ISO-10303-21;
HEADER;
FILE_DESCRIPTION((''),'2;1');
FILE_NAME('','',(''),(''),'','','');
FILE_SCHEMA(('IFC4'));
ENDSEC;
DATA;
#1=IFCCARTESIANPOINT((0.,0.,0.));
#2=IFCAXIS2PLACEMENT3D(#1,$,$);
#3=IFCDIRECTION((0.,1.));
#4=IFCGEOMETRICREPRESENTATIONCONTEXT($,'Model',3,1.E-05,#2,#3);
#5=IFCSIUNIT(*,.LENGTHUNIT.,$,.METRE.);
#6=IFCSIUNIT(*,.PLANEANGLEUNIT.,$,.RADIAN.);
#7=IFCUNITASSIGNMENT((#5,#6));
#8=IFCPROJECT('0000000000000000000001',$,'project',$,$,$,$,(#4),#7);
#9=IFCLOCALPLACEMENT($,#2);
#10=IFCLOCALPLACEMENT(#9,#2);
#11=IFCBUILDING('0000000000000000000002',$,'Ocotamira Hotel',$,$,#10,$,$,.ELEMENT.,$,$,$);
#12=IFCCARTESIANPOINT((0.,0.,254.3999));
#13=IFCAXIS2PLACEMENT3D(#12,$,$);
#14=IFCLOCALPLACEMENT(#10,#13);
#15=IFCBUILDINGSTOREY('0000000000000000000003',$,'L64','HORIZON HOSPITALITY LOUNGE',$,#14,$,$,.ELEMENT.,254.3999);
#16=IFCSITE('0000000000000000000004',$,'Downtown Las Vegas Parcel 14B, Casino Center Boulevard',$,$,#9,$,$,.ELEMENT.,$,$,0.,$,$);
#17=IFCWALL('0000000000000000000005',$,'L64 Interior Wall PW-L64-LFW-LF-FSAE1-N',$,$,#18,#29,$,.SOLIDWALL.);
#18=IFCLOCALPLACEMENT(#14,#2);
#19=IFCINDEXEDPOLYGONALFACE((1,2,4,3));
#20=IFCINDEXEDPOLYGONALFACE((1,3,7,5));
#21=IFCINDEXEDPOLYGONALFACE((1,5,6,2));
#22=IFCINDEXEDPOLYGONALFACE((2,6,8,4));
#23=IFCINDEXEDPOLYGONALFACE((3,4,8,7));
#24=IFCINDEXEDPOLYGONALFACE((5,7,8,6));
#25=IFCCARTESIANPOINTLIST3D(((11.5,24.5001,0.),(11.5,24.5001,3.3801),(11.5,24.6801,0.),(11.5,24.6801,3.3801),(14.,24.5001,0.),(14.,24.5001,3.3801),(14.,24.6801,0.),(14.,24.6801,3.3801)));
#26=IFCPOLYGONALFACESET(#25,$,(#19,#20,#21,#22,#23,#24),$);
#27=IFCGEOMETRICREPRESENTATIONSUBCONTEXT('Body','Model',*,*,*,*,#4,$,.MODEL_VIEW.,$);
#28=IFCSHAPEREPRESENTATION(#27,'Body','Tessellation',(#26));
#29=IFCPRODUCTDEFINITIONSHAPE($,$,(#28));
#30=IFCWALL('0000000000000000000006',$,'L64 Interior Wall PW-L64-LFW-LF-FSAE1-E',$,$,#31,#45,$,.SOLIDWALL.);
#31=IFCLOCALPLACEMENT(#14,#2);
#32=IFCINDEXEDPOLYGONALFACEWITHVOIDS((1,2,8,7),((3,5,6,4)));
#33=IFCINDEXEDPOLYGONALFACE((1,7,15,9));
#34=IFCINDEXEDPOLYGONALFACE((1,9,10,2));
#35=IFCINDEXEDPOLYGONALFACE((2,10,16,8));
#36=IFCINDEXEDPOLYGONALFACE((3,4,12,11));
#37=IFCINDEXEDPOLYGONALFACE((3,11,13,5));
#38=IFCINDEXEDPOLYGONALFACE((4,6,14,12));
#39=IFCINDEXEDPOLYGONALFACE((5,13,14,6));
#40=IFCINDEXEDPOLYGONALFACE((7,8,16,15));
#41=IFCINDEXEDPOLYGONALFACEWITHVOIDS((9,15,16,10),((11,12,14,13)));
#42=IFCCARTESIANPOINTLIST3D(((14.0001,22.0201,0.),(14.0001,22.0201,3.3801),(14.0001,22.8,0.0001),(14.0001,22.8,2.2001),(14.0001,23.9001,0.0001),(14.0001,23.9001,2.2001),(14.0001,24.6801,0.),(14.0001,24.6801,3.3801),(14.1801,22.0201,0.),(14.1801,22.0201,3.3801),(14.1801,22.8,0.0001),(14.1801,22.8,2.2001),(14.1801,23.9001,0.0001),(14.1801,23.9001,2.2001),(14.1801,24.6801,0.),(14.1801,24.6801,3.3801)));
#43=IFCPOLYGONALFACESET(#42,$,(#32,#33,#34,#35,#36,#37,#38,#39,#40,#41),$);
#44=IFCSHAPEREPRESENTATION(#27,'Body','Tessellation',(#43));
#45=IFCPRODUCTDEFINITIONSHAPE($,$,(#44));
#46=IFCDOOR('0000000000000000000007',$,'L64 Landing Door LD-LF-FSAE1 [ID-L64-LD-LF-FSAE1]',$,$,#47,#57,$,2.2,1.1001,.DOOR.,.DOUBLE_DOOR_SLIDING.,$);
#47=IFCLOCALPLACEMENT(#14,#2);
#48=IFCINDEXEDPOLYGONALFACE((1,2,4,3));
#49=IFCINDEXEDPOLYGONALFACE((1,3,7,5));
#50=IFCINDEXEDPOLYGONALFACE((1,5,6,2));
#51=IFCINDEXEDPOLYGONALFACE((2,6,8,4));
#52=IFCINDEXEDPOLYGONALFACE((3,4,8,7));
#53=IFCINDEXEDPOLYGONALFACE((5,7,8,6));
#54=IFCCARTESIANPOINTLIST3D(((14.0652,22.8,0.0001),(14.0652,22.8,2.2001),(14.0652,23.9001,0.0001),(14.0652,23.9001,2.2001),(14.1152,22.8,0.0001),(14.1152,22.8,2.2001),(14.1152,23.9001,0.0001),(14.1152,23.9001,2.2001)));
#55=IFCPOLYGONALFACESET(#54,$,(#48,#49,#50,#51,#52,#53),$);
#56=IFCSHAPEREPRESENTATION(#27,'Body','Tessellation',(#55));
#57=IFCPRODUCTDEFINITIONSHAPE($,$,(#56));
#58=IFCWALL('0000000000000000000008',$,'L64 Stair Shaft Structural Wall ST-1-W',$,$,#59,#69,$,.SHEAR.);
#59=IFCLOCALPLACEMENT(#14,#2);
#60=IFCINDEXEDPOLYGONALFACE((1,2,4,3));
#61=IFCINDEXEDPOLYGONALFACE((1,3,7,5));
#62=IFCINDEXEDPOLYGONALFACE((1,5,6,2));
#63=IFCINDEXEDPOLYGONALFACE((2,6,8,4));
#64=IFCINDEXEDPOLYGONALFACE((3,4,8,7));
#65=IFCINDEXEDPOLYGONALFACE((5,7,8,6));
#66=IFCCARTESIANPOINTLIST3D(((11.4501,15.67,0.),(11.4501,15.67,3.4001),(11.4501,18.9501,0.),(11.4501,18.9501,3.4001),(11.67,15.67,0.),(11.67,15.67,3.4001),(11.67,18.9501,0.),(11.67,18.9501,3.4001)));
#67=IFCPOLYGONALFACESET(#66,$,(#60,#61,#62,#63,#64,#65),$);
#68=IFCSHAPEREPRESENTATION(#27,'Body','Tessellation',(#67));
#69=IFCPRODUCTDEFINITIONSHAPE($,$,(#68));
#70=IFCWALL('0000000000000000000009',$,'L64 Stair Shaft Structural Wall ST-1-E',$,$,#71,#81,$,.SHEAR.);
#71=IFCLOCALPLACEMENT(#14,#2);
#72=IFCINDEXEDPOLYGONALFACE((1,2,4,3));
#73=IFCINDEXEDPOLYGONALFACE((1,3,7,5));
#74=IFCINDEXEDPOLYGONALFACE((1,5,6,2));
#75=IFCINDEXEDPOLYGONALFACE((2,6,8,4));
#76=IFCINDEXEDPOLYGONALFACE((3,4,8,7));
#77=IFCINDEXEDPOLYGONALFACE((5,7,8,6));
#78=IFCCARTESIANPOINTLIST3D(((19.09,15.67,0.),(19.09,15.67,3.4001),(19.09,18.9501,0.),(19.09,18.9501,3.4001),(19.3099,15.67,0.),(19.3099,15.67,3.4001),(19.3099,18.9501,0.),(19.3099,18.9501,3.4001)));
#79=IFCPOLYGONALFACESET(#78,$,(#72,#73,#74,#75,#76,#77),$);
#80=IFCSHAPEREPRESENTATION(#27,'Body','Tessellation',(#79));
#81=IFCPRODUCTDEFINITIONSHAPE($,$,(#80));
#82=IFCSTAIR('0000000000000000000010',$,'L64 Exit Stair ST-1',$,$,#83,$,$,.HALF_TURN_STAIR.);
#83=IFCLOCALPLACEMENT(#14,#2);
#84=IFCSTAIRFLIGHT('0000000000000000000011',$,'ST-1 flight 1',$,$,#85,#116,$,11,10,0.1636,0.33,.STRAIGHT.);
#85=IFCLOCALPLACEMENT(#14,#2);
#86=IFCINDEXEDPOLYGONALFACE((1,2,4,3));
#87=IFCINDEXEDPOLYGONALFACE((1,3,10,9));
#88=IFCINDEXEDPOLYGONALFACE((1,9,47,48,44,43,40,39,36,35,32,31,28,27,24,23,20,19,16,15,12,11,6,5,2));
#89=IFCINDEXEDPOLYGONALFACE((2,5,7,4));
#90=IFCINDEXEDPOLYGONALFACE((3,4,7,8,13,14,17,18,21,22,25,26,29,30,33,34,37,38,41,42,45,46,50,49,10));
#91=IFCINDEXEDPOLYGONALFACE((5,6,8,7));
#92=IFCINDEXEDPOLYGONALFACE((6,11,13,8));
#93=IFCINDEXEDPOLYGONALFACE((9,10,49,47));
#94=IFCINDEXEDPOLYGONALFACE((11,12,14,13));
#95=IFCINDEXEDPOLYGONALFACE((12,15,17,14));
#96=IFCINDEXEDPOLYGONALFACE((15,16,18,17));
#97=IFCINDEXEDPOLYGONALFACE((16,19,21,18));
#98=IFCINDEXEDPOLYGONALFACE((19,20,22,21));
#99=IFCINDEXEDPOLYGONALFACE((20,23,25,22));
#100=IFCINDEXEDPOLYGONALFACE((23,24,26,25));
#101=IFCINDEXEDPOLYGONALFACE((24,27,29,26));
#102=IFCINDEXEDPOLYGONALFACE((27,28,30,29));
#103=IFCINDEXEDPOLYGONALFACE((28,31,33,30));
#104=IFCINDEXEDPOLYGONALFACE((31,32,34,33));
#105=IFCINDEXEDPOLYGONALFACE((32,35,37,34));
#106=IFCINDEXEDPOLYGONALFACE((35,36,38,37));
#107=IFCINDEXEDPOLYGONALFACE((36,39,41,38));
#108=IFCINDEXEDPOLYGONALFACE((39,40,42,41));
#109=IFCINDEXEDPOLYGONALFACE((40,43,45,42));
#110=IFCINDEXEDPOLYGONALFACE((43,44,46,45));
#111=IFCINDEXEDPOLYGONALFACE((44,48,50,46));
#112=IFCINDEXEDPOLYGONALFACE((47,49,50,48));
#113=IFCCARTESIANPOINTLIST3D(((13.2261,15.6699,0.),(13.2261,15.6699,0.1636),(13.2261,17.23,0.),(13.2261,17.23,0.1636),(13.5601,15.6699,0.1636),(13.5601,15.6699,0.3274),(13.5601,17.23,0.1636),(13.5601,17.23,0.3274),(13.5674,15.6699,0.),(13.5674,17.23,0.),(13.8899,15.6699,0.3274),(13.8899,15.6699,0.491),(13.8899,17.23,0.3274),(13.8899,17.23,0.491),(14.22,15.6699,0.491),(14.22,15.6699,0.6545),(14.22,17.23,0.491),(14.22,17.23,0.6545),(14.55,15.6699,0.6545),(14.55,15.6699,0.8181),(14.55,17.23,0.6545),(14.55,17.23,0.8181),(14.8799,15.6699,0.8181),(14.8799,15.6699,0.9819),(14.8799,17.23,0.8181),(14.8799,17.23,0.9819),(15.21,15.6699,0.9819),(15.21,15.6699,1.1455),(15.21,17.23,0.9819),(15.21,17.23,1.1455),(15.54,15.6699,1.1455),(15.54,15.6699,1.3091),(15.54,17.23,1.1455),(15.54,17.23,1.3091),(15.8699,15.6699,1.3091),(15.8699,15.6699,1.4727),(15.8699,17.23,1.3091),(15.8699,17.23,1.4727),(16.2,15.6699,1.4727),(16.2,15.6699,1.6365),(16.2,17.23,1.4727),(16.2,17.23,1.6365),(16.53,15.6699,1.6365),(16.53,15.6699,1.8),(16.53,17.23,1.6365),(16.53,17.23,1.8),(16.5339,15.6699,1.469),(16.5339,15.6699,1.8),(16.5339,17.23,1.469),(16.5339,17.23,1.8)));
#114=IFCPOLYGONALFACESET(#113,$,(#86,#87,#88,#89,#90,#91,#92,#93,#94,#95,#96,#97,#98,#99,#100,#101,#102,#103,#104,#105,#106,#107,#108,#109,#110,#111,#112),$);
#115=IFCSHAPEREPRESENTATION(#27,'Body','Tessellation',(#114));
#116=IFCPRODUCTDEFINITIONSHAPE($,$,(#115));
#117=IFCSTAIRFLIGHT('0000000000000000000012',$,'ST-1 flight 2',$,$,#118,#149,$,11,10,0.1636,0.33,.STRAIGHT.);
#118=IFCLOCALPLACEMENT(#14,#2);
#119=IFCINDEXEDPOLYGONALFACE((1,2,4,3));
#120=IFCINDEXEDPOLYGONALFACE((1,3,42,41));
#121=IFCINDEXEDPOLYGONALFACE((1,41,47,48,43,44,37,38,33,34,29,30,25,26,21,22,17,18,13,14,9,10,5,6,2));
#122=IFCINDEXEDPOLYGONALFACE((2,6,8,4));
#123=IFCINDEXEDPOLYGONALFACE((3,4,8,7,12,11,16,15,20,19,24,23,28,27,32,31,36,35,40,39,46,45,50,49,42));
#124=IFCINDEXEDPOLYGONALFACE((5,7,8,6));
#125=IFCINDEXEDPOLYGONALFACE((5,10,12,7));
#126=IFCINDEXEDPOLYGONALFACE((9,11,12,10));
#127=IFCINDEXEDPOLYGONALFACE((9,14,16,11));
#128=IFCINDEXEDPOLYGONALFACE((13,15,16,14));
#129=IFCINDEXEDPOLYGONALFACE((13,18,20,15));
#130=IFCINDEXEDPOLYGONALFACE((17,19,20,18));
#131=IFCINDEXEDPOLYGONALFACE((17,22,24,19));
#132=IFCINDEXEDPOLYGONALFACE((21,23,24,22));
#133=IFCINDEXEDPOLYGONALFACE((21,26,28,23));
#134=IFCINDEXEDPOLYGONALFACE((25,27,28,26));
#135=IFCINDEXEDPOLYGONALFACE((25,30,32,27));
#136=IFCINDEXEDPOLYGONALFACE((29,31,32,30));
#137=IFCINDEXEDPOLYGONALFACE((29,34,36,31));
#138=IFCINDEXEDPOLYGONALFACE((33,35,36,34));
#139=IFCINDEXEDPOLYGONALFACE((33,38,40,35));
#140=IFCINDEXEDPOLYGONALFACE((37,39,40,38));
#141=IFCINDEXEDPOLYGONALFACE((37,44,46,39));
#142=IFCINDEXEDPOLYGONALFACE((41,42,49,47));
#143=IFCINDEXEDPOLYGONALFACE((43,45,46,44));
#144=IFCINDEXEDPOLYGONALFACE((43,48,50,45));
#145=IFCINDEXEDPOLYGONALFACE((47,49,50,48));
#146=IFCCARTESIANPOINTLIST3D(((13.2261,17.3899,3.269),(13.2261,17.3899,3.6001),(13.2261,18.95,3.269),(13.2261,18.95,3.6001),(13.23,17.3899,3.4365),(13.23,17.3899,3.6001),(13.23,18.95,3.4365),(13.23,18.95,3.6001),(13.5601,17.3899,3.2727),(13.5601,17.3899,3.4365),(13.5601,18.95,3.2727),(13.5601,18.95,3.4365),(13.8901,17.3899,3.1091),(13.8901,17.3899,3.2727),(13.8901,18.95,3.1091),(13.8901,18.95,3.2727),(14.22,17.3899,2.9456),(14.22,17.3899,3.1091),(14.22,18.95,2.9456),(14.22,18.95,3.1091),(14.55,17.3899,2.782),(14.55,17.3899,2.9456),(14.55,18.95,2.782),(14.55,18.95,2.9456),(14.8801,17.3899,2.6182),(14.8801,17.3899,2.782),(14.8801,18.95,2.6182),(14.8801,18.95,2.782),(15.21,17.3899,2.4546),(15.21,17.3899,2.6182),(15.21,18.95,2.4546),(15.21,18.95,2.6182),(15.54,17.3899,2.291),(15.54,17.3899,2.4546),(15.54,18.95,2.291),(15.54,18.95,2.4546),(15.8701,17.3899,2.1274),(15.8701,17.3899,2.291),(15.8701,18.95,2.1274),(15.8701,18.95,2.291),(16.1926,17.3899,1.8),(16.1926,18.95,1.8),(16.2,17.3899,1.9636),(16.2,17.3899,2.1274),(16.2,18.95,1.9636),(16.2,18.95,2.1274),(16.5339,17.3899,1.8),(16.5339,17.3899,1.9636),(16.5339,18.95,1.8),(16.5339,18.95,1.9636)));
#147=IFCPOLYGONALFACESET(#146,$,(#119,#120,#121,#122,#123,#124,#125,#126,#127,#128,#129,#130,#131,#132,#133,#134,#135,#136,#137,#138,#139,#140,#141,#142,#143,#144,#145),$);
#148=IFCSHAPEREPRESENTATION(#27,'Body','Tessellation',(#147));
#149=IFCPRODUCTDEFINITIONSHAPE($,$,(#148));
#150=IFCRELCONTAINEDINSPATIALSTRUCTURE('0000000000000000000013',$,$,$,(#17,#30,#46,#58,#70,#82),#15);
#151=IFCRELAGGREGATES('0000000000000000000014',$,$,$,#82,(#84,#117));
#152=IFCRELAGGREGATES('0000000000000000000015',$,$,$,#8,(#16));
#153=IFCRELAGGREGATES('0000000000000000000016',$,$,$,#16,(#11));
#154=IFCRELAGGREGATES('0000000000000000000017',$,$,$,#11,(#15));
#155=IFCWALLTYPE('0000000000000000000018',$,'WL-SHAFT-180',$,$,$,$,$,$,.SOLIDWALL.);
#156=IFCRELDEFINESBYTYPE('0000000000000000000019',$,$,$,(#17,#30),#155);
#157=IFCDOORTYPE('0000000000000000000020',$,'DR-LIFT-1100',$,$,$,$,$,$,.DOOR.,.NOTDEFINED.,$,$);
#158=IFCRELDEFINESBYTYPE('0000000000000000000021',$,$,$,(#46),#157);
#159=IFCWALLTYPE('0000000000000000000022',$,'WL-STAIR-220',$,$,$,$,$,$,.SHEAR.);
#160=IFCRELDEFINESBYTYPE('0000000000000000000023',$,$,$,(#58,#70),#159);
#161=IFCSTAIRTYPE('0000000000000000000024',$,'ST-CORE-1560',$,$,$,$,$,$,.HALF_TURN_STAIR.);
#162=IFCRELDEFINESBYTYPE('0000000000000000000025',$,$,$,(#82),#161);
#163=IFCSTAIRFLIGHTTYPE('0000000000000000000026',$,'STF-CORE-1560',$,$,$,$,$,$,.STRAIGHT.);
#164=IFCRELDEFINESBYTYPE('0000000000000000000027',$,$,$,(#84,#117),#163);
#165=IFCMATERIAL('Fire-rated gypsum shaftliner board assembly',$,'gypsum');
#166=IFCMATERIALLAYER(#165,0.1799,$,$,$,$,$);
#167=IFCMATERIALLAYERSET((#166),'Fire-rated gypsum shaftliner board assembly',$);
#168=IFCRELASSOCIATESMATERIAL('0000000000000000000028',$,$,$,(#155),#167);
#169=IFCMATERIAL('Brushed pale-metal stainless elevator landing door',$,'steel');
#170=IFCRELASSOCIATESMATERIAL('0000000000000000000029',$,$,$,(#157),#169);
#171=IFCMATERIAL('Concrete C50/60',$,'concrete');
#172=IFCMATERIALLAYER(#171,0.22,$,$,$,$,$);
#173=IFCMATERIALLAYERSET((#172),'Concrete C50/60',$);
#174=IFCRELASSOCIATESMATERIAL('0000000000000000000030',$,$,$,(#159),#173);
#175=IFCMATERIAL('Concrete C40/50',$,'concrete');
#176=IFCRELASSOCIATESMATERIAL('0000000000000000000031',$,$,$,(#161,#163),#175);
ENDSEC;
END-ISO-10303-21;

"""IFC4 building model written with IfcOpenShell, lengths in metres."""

from ifc_helpers import new_model, si_unit, direction, frame, frame_2d, origin, place, context, subcontext, project, spatial, polyline, rectangle, outline, extrude, source, transform, mapped, material, layer, layer_set, type_object, element, fill, aggregate, save


model = new_model("IFC4")

# Units and contexts
model_context = context("Model", 3, precision=1e-05, world=origin(), true_north=direction((0.0, 1.0)))
body_context = subcontext(model_context, "Body", "Model", "MODEL_VIEW")
ifc_project = project(units=[si_unit("LENGTHUNIT", "METRE"), si_unit("PLANEANGLEUNIT", "RADIAN")], contexts=[model_context])

# Site, building, storey
site_placement = place(None, origin())
site = spatial("IfcSite", under=ifc_project, at=site_placement, Name="Downtown Las Vegas Parcel 14B, Casino Center Boulevard", CompositionType="ELEMENT", RefElevation=0.0)
building_placement = place(site_placement, origin())
building = spatial("IfcBuilding", under=site, at=building_placement, Name="Ocotamira Hotel", CompositionType="ELEMENT")
storey_placement = place(building_placement, frame((0.0, 0.0, 254.3999)))
storey = spatial("IfcBuildingStorey", under=building, at=storey_placement, Name="L64", Description="HORIZON HOSPITALITY LOUNGE", CompositionType="ELEMENT", Elevation=254.3999)

# Shared definitions
ifc_material_1 = material(Name="Concrete C50/60", Category="concrete")

# Shared definitions
ifc_material_2 = material(Name="Fire-rated gypsum shaftliner board assembly", Category="gypsum")
ifc_layer_1 = layer(ifc_material_2, 0.1799)
ifc_layer_set_1 = layer_set([ifc_layer_1], Name="Fire-rated gypsum shaftliner board assembly")
wall_type_1 = type_object("IfcWallType", Name="WL-SHAFT-180", PredefinedType="SOLIDWALL", material=ifc_layer_set_1)
ifc_material_3 = material(Name="Brushed pale-metal stainless elevator landing door", Category="steel")
door_type_1 = type_object("IfcDoorType", Name="DR-LIFT-1100", OperationType="NOTDEFINED", PredefinedType="DOOR", material=ifc_material_3)
shared_shape_1 = source(origin(), body_context, "Body", "SweptSolid", [
    extrude(rectangle(XDim=1.1001, YDim=2.2, at=frame_2d((0.55, 1.1001))), frame((0.0, 0.0249, 0.0), z_axis=(0.0, -1.0, 0.0), x_axis=(1.0, 0.0, 0.0)), (0.0, 0.0, 1.0), 0.05),
])

# Wall
for number, where, z_axis, x_axis, name in (
    (1, (11.5, 24.5901, 0.0), (0.0, 0.0, 1.0), (1.0, 0.0, 0.0), "L64 Interior Wall PW-L64-LFW-LF-FSAE1-N"),
):
    element("IfcWall", number, at=place(storey_placement, frame(where, z_axis=z_axis, x_axis=x_axis)), inside=storey, type_object=wall_type_1, Name=name, PredefinedType="SOLIDWALL", context=body_context, shape_type="SweptSolid", body=[
        extrude(rectangle(XDim=2.5, YDim=0.1799, at=frame_2d((1.25, 0.0))), origin(), (0.0, 0.0, 1.0), 3.3801),
    ])

# Wall, opening, door
wall_1_placement = place(storey_placement, frame((14.0901, 22.02, 0.0), z_axis=(0.0, 0.0, 1.0), x_axis=(0.0, 1.0, 0.0)))
wall_1 = element("IfcWall", 2, at=wall_1_placement, inside=storey, type_object=wall_type_1, Name="L64 Interior Wall PW-L64-LFW-LF-FSAE1-E", PredefinedType="SOLIDWALL", context=body_context, shape_type="SweptSolid", body=[
    extrude(rectangle(XDim=2.6599, YDim=0.1799, at=frame_2d((1.3301, 0.0))), origin(), (0.0, 0.0, 1.0), 3.3801),
])
opening_1_placement = place(wall_1_placement, frame((0.78, 0.0, 0.0)))
opening_1 = element("IfcOpeningElement", 3, at=opening_1_placement, cuts=wall_1, PredefinedType="OPENING", context=body_context, shape_type="SweptSolid", body=[
    extrude(rectangle(XDim=1.1001, YDim=2.2, at=frame_2d((0.55, 1.1001))), frame((0.0, 0.1001, 0.0), z_axis=(0.0, -1.0, 0.0), x_axis=(1.0, 0.0, 0.0)), (0.0, 0.0, 1.0), 0.2),
])
door_1_placement = place(opening_1_placement, origin())
door_1 = element("IfcDoor", 4, at=door_1_placement, inside=storey, type_object=door_type_1, Name="L64 Landing Door LD-LF-FSAE1 [ID-L64-LD-LF-FSAE1]", OperationType="DOUBLE_DOOR_SLIDING", OverallHeight=2.2, OverallWidth=1.1001, PredefinedType="DOOR", context=body_context, shape_type="MappedRepresentation", body=[
    mapped(shared_shape_1, transform((0.0, 0.0, 0.0), scale=1.0)),
])
fill(opening_1, door_1)

# Walls
ifc_layer_2 = layer(ifc_material_1, 0.22)
ifc_layer_set_2 = layer_set([ifc_layer_2], Name="Concrete C50/60")
wall_type_2 = type_object("IfcWallType", Name="WL-STAIR-220", PredefinedType="SHEAR", material=ifc_layer_set_2)
for number, where, z_axis, x_axis, name in (
    (5, (11.5601, 15.6699, 0.0), (0.0, 0.0, 1.0), (0.0, 1.0, 0.0), "L64 Stair Shaft Structural Wall ST-1-W"),
    (6, (19.2, 15.6699, 0.0), (0.0, 0.0, 1.0), (0.0, 1.0, 0.0), "L64 Stair Shaft Structural Wall ST-1-E"),
):
    element("IfcWall", number, at=place(storey_placement, frame(where, z_axis=z_axis, x_axis=x_axis)), inside=storey, type_object=wall_type_2, Name=name, PredefinedType="SHEAR", context=body_context, shape_type="SweptSolid", body=[
        extrude(rectangle(XDim=3.28, YDim=0.22, at=frame_2d((1.6401, 0.0))), origin(), (0.0, 0.0, 1.0), 3.4001),
    ])

# Stair, stair flights
ifc_material_4 = material(Name="Concrete C40/50", Category="concrete")
stair_type = type_object("IfcStairType", Name="ST-CORE-1560", PredefinedType="HALF_TURN_STAIR", material=ifc_material_4)
stair_placement = place(storey_placement, origin())
stair = element("IfcStair", 7, at=stair_placement, inside=storey, type_object=stair_type, Name="L64 Exit Stair ST-1", PredefinedType="HALF_TURN_STAIR")
stair_flight_type = type_object("IfcStairFlightType", Name="STF-CORE-1560", PredefinedType="STRAIGHT", material=ifc_material_4)
shared_shape_2 = source(origin(), body_context, "Body", "SweptSolid", [
    extrude(outline(polyline([(-0.0039, 0.0), (-0.0039, 0.1636), (0.3301, 0.1636), (0.3301, 0.3274), (0.6599, 0.3274), (0.6599, 0.491), (0.99, 0.491), (0.99, 0.6545), (1.3201, 0.6545), (1.3201, 0.8181), (1.6499, 0.8181), (1.6499, 0.9819), (1.98, 0.9819), (1.98, 1.1455), (2.3101, 1.1455), (2.3101, 1.3091), (2.6399, 1.3091), (2.6399, 1.4727), (2.97, 1.4727), (2.97, 1.6365), (3.3, 1.6365), (3.3, 1.8), (3.304, 1.8), (3.304, 1.469), (0.3374, 0.0), (-0.0039, 0.0)])), frame((0.0, 0.78, 0.0), z_axis=(0.0, -1.0, 0.0), x_axis=(1.0, 0.0, 0.0)), (0.0, 0.0, 1.0), 1.5601),
])
stair_flight_1_placement = place(storey_placement, frame((13.23, 16.45, 0.0), z_axis=(0.0, 0.0, 1.0), x_axis=(1.0, 0.0, 0.0)))
stair_flight_1 = element("IfcStairFlight", 8, at=stair_flight_1_placement, type_object=stair_flight_type, Name="ST-1 flight 1", NumberOfRisers=11, NumberOfTreads=10, PredefinedType="STRAIGHT", RiserHeight=0.1636, TreadLength=0.33, context=body_context, shape_type="MappedRepresentation", body=[
    mapped(shared_shape_2, transform((0.0, 0.0, 0.0), scale=1.0)),
])
stair_flight_2_placement = place(storey_placement, frame((16.53, 18.1699, 1.8), z_axis=(0.0, 0.0, 1.0), x_axis=(-1.0, 0.0, 0.0)))
stair_flight_2 = element("IfcStairFlight", 9, at=stair_flight_2_placement, type_object=stair_flight_type, Name="ST-1 flight 2", NumberOfRisers=11, NumberOfTreads=10, PredefinedType="STRAIGHT", RiserHeight=0.1636, TreadLength=0.33, context=body_context, shape_type="MappedRepresentation", body=[
    mapped(shared_shape_2, transform((0.0, 0.0, 0.0), scale=1.0)),
])
aggregate(stair, [stair_flight_1, stair_flight_2])

save(model, "model.ifc")
